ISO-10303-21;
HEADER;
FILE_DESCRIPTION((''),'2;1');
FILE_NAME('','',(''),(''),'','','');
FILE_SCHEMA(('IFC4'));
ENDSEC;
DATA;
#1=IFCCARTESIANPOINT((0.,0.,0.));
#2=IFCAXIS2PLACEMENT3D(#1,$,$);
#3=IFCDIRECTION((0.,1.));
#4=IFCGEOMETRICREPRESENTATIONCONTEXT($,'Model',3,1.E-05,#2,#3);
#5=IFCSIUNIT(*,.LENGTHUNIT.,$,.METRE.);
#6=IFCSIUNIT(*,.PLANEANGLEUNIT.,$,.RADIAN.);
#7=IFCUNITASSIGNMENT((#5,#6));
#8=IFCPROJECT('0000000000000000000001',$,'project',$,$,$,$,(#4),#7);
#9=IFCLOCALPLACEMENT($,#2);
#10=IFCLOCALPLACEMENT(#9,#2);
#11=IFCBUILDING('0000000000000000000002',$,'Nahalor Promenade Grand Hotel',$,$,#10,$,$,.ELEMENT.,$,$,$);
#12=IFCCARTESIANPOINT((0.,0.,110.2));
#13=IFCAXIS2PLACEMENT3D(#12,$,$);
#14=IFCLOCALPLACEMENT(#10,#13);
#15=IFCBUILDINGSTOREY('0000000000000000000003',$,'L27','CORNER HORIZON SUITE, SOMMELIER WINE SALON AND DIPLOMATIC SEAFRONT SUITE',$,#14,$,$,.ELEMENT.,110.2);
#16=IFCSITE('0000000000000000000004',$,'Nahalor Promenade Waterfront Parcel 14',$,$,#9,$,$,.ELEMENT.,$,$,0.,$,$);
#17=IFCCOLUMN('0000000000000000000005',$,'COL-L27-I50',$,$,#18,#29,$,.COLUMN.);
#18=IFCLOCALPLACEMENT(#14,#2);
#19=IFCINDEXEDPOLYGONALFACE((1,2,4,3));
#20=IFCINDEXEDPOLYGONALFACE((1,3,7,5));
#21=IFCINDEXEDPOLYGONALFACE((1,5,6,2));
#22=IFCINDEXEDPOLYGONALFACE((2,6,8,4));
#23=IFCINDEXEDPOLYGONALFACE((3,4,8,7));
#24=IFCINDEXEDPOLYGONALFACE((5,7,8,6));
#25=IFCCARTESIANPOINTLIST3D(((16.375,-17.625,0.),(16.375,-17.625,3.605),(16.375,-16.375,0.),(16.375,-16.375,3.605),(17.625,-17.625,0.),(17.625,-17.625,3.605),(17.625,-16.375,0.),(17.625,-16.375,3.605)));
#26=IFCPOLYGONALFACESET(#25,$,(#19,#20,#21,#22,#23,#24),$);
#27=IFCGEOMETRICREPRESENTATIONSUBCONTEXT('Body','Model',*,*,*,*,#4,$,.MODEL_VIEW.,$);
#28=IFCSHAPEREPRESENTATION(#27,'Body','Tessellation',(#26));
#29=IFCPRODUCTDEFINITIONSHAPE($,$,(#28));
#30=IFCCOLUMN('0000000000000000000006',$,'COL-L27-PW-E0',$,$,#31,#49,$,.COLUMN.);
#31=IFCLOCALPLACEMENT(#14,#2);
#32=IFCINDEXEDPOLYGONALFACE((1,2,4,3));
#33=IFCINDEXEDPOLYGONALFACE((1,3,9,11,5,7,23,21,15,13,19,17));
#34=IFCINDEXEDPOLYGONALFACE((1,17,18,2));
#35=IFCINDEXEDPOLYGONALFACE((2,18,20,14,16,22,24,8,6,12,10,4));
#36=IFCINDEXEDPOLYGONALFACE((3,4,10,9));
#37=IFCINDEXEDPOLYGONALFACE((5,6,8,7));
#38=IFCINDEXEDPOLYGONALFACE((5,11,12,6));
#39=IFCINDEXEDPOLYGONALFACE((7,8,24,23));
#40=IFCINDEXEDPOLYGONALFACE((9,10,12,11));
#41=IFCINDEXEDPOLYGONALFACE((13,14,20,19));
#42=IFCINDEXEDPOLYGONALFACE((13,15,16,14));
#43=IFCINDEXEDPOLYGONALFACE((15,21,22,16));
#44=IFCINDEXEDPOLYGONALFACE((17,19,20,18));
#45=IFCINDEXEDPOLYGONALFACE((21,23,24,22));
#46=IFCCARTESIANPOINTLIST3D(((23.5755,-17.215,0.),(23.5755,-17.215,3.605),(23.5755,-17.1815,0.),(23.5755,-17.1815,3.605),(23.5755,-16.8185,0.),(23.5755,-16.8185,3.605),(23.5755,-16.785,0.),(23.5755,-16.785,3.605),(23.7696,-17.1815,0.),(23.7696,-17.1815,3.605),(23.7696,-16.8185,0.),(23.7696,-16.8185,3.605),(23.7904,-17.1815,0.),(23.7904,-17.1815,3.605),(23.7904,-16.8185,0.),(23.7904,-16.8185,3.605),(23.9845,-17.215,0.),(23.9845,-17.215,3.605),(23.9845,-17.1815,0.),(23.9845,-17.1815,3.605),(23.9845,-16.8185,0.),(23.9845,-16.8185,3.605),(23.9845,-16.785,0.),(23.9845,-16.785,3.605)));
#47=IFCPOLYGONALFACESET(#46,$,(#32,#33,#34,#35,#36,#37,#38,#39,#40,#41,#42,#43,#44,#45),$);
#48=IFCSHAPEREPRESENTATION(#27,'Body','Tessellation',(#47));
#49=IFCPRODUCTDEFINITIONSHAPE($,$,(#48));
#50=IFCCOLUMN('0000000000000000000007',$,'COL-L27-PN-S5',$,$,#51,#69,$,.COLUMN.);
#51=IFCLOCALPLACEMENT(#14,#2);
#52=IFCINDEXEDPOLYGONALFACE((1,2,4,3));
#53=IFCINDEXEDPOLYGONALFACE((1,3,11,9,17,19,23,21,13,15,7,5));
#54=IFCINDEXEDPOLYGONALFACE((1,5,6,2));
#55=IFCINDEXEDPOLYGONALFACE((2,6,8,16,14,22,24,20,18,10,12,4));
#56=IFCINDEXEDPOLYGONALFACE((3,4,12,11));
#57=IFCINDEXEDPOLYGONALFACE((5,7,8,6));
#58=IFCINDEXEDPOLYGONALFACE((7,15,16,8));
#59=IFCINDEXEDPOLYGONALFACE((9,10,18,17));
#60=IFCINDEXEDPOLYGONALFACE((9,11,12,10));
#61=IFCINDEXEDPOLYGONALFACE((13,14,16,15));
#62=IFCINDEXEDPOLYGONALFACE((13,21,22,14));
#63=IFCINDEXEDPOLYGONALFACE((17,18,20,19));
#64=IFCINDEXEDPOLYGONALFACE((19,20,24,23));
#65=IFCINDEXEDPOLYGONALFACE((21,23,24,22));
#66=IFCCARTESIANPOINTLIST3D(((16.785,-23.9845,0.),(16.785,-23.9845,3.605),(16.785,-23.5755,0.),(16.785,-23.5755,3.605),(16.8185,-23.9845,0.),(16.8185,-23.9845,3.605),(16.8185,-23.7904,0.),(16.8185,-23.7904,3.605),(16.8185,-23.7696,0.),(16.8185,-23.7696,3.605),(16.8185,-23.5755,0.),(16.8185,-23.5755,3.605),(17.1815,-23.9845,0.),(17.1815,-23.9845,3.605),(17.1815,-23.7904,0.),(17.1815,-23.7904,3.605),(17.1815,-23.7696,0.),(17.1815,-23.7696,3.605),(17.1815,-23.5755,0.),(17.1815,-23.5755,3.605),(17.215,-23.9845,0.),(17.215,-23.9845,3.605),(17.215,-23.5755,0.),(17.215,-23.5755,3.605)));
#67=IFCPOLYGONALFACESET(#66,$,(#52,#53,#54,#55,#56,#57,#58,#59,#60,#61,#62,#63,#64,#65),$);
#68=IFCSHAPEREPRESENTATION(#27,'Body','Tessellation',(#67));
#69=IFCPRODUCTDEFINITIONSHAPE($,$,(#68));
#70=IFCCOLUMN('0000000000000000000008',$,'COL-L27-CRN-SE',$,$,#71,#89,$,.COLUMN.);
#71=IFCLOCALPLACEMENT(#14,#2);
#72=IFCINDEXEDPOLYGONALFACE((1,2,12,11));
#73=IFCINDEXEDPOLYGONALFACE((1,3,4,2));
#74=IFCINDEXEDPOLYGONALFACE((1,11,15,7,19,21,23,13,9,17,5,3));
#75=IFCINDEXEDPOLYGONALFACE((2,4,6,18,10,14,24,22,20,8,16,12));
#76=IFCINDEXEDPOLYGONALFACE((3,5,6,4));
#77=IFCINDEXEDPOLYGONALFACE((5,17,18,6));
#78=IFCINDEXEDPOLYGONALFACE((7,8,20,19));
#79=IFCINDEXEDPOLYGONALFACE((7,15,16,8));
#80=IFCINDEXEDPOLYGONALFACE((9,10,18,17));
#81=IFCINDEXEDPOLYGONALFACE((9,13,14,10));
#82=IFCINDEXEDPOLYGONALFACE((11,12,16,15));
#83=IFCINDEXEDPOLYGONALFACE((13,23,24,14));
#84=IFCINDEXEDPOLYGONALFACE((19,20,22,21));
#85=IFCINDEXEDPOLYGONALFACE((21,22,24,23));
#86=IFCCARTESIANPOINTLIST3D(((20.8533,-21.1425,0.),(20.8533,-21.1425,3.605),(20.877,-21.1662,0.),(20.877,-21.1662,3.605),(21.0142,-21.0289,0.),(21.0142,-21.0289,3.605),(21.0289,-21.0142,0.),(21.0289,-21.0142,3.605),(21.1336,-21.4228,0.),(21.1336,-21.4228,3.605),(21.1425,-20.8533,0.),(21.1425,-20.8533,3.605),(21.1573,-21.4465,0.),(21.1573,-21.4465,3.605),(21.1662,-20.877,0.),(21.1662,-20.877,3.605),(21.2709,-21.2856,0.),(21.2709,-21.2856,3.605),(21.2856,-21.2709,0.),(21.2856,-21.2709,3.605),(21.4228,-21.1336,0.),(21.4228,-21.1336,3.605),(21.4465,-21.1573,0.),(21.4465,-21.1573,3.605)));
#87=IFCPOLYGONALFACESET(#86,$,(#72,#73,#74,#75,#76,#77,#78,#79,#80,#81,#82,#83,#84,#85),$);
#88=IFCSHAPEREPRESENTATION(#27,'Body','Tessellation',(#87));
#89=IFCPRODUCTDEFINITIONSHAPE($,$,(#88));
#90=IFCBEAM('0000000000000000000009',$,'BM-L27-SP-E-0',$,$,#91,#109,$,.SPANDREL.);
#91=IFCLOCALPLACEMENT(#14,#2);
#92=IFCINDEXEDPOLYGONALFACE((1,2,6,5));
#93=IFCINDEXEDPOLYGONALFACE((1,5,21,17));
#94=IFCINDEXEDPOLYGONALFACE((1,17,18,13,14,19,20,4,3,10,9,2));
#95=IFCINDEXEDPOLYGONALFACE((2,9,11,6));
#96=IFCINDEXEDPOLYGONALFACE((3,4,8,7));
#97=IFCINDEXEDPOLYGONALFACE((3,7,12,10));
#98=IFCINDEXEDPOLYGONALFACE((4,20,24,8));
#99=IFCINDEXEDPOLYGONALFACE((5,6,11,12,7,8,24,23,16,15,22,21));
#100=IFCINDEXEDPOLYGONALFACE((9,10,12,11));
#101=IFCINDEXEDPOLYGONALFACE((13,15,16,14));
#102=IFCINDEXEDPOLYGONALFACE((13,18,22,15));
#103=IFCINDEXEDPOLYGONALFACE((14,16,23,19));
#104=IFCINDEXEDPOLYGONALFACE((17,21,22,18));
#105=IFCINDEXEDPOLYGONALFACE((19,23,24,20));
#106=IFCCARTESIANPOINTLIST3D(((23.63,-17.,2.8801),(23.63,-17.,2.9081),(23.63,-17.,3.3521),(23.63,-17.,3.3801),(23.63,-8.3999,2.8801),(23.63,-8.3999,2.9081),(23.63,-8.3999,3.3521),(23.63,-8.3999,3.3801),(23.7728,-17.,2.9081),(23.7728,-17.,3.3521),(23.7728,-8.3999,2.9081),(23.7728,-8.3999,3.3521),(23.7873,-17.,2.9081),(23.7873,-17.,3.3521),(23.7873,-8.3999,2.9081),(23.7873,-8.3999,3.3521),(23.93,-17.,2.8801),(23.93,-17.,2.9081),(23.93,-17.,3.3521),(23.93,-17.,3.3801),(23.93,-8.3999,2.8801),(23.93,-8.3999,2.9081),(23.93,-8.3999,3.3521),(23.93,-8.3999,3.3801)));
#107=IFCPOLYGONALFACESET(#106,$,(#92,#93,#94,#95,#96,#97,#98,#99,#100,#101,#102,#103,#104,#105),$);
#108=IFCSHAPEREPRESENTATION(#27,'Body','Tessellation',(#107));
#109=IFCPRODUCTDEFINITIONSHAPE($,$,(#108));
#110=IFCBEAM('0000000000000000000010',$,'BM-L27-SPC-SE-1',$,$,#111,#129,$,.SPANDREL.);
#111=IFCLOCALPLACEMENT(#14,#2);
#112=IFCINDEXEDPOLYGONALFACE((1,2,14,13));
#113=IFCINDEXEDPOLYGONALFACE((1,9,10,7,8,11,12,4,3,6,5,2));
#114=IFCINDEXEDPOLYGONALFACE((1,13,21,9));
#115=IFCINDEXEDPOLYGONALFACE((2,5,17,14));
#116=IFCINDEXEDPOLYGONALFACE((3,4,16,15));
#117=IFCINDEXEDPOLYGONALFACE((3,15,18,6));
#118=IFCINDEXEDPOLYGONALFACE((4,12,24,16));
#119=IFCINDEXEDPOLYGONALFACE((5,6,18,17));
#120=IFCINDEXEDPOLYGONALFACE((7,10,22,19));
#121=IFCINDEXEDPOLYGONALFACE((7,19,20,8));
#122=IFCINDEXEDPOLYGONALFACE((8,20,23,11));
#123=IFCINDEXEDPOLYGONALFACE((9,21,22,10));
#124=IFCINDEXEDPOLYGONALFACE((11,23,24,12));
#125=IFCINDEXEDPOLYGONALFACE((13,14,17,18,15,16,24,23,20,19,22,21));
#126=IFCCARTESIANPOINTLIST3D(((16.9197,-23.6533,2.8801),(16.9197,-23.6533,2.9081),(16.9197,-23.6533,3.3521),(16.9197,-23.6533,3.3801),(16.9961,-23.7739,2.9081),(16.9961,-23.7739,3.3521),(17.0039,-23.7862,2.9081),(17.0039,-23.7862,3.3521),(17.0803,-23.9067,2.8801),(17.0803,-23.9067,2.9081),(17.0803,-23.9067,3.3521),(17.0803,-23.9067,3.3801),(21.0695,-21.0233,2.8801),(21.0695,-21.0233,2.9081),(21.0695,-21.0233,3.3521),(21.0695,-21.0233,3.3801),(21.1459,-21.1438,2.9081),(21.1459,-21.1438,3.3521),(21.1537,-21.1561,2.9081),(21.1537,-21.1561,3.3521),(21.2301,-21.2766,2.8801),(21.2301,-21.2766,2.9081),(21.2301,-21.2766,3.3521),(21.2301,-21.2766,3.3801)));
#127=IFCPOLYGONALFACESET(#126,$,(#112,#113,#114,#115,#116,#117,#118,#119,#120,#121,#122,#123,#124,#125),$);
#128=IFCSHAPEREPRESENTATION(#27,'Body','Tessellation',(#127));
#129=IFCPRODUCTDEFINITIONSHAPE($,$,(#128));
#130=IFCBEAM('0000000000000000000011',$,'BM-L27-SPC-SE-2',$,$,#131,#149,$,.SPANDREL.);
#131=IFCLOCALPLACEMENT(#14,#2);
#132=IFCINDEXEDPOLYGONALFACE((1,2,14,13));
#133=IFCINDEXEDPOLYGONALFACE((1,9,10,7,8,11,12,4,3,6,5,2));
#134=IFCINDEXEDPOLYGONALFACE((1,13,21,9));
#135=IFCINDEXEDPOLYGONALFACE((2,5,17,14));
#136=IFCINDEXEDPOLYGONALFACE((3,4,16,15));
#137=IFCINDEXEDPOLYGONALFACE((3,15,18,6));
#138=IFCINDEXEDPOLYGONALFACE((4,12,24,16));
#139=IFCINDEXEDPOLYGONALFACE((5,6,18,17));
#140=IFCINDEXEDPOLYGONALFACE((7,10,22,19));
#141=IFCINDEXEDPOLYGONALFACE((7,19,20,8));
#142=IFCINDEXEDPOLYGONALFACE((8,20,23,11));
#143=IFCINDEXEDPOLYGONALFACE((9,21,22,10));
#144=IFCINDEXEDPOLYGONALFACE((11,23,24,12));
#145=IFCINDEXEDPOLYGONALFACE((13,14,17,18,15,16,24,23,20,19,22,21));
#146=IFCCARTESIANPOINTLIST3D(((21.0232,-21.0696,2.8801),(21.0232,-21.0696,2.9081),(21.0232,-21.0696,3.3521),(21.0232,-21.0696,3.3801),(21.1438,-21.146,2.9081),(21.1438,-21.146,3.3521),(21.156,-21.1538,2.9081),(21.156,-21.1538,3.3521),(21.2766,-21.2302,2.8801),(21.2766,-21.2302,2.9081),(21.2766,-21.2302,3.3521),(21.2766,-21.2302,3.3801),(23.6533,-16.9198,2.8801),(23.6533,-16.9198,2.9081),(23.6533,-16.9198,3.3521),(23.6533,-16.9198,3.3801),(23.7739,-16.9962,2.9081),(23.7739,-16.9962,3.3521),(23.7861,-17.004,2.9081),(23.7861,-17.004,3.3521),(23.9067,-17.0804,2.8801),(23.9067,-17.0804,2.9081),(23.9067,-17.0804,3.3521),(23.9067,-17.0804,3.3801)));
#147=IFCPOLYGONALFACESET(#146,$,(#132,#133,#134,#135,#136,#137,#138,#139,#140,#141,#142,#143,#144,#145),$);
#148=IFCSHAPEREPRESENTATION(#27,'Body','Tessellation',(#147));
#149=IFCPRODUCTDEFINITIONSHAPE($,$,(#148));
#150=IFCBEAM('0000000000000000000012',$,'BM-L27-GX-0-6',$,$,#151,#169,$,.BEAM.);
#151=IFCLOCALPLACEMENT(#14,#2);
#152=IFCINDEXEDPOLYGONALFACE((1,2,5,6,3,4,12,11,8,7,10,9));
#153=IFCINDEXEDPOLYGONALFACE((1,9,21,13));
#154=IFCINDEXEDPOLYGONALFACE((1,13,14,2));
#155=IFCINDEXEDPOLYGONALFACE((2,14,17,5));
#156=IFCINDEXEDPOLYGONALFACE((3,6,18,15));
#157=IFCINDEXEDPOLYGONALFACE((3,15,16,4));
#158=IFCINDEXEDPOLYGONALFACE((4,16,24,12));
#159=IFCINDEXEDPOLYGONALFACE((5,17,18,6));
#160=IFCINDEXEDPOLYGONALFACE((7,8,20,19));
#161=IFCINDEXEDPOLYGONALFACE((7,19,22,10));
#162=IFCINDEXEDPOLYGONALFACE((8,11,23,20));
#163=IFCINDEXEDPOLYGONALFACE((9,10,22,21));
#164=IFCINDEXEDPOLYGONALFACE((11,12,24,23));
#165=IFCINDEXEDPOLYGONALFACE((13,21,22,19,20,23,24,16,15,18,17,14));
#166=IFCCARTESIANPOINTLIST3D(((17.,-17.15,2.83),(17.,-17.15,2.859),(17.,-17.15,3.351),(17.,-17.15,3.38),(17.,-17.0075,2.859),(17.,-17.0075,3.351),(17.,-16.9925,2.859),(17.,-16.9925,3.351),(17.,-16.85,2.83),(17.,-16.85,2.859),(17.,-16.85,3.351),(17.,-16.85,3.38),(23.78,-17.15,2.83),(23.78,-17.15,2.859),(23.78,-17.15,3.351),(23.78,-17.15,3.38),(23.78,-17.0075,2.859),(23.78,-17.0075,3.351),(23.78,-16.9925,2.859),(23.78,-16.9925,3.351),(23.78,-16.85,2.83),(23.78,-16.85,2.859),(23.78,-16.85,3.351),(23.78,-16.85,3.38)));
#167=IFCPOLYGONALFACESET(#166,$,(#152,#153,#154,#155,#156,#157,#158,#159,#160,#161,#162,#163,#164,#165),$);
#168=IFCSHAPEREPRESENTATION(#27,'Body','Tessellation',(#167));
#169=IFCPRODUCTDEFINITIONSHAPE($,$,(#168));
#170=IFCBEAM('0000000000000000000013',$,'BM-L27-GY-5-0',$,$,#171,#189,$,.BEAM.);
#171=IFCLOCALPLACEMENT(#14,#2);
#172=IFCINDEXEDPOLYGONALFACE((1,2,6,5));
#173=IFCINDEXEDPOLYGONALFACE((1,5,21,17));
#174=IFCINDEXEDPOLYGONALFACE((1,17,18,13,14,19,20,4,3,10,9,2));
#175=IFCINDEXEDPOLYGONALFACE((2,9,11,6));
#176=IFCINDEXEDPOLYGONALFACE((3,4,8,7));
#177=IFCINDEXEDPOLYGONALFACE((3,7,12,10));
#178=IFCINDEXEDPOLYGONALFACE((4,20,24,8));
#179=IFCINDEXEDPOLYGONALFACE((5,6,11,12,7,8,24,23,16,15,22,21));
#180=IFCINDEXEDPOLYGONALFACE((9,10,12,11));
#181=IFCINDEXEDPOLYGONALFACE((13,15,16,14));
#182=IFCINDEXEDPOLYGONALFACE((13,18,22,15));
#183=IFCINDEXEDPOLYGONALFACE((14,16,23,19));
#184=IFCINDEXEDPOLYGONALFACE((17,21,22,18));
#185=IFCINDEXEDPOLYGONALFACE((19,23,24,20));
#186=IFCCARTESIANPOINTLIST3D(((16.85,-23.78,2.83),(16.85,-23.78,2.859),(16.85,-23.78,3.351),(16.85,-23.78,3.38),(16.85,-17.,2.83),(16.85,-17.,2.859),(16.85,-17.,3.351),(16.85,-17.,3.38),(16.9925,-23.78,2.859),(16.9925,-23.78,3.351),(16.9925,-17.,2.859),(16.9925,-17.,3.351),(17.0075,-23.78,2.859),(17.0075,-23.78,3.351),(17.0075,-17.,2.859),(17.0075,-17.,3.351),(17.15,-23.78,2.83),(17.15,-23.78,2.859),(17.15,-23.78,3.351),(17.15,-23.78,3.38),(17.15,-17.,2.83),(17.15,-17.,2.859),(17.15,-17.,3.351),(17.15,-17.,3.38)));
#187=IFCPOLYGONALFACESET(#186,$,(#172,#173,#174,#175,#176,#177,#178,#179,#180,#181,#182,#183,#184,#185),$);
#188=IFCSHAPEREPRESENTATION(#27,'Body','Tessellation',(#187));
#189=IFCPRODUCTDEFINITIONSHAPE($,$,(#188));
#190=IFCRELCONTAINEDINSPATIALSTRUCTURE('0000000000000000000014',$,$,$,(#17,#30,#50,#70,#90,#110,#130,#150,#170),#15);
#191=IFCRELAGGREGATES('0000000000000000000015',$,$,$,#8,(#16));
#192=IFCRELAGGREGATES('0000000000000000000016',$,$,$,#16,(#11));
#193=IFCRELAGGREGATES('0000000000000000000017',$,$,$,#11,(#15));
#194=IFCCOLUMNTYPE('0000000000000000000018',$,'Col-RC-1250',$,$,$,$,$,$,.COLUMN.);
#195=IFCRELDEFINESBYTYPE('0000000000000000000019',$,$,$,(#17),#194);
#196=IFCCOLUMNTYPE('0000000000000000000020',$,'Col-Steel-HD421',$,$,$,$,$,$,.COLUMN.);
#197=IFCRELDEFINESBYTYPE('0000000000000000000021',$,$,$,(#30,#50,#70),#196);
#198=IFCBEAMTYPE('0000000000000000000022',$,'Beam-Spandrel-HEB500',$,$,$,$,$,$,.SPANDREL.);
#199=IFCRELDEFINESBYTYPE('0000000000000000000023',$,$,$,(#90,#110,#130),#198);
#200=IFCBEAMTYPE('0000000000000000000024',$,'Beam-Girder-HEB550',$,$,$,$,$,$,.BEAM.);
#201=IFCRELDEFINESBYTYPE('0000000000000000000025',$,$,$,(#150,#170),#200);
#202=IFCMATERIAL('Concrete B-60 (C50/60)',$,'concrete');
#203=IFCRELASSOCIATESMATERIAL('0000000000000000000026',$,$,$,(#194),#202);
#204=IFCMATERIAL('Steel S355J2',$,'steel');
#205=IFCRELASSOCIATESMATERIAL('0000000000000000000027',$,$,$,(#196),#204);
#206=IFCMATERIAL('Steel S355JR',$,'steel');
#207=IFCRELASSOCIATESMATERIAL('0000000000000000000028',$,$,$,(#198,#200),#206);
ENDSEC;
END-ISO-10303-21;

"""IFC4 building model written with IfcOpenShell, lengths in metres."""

from ifc_helpers import new_model, si_unit, direction, frame, origin, origin_2d, place, context, subcontext, project, spatial, rectangle, i_section, extrude, source, transform, mapped, material, material_profile, profile_set, type_object, element, save


model = new_model("IFC4")

# Units and contexts
model_context = context("Model", 3, precision=1e-05, world=origin(), true_north=direction((0.0, 1.0)))
body_context = subcontext(model_context, "Body", "Model", "MODEL_VIEW")
ifc_project = project(units=[si_unit("LENGTHUNIT", "METRE"), si_unit("PLANEANGLEUNIT", "RADIAN")], contexts=[model_context])

# Site, building, storey
site_placement = place(None, origin())
site = spatial("IfcSite", under=ifc_project, at=site_placement, Name="Nahalor Promenade Waterfront Parcel 14", CompositionType="ELEMENT", RefElevation=0.0)
building_placement = place(site_placement, origin())
building = spatial("IfcBuilding", under=site, at=building_placement, Name="Nahalor Promenade Grand Hotel", CompositionType="ELEMENT")
storey_placement = place(building_placement, frame((0.0, 0.0, 110.2)))
storey = spatial("IfcBuildingStorey", under=building, at=storey_placement, Name="L27", Description="CORNER HORIZON SUITE, SOMMELIER WINE SALON AND DIPLOMATIC SEAFRONT SUITE", CompositionType="ELEMENT", Elevation=110.2)

# Columns
ifc_material_1 = material(Name="Concrete B-60 (C50/60)", Category="concrete")
ifc_material_profile_1 = material_profile(ifc_material_1, rectangle(XDim=1.25, YDim=1.25, at=origin_2d()), Name="RC 1250x1250")
ifc_profile_set_1 = profile_set([ifc_material_profile_1], Name="Concrete B-60 (C50/60)")
column_type_1 = type_object("IfcColumnType", Name="Col-RC-1250", PredefinedType="COLUMN", material=ifc_profile_set_1)
shared_shape_1 = source(origin(), body_context, "Body", "SweptSolid", [
    extrude(rectangle(XDim=1.25, YDim=1.25, at=origin_2d()), origin(), (0.0, 0.0, 1.0), 3.605),
])
column_placement = place(storey_placement, frame((17.0, -17.0, 0.0), z_axis=(0.0, 0.0, 1.0), x_axis=(1.0, 0.0, 0.0)))
element("IfcColumn", 1, at=column_placement, inside=storey, type_object=column_type_1, Name="COL-L27-I50", PredefinedType="COLUMN", context=body_context, shape_type="MappedRepresentation", body=[
    mapped(shared_shape_1, transform((0.0, 0.0, 0.0), scale=1.0)),
])
ifc_material_2 = material(Name="Steel S355J2", Category="steel")
ifc_material_profile_2 = material_profile(ifc_material_2, i_section(OverallWidth=0.409, OverallDepth=0.43, WebThickness=0.0208, FlangeThickness=0.0335, at=origin_2d()), Name="HD 400x421")
ifc_profile_set_2 = profile_set([ifc_material_profile_2], Name="Steel S355J2")
column_type_2 = type_object("IfcColumnType", Name="Col-Steel-HD421", PredefinedType="COLUMN", material=ifc_profile_set_2)
shared_shape_2 = source(origin(), body_context, "Body", "SweptSolid", [
    extrude(i_section(OverallWidth=0.409, OverallDepth=0.43, WebThickness=0.0208, FlangeThickness=0.0335, at=origin_2d()), origin(), (0.0, 0.0, 1.0), 3.605),
])
for number, where, z_axis, x_axis, name in (
    (2, (23.78, -17.0, 0.0), (0.0, 0.0, 1.0), (1.0, 0.0, 0.0), "COL-L27-PW-E0"),
    (3, (17.0, -23.78, 0.0), (0.0, 0.0, 1.0), (0.0, 1.0, 0.0), "COL-L27-PN-S5"),
    (4, (21.1499, -21.1499, 0.0), (0.0, 0.0, 1.0), (0.707107, 0.707107, 0.0), "COL-L27-CRN-SE"),
):
    element("IfcColumn", number, at=place(storey_placement, frame(where, z_axis=z_axis, x_axis=x_axis)), inside=storey, type_object=column_type_2, Name=name, PredefinedType="COLUMN", context=body_context, shape_type="MappedRepresentation", body=[
        mapped(shared_shape_2, transform((0.0, 0.0, 0.0), scale=1.0)),
    ])

# Beams
ifc_material_3 = material(Name="Steel S355JR", Category="steel")
ifc_material_profile_3 = material_profile(ifc_material_3, i_section(OverallWidth=0.3, OverallDepth=0.5, WebThickness=0.0145, FlangeThickness=0.028, at=origin_2d()), Name="HEB 500")
ifc_profile_set_3 = profile_set([ifc_material_profile_3], Name="Steel S355JR")
beam_type_1 = type_object("IfcBeamType", Name="Beam-Spandrel-HEB500", PredefinedType="SPANDREL", material=ifc_profile_set_3)
shared_shape_3 = source(origin(), body_context, "Body", "SweptSolid", [
    extrude(i_section(OverallWidth=0.3, OverallDepth=0.5, WebThickness=0.0145, FlangeThickness=0.028, at=origin_2d()), origin(), (0.0, 0.0, 1.0), 8.6001),
])
beam_1_placement = place(storey_placement, frame((23.78, -17.0, 3.1301), z_axis=(0.0, 1.0, 0.0), x_axis=(-1.0, 0.0, 0.0)))
element("IfcBeam", 5, at=beam_1_placement, inside=storey, type_object=beam_type_1, Name="BM-L27-SP-E-0", PredefinedType="SPANDREL", context=body_context, shape_type="MappedRepresentation", body=[
    mapped(shared_shape_3, transform((0.0, 0.0, 0.0), scale=1.0)),
])
shared_shape_4 = source(origin(), body_context, "Body", "SweptSolid", [
    extrude(i_section(OverallWidth=0.3, OverallDepth=0.5, WebThickness=0.0145, FlangeThickness=0.028, at=origin_2d()), origin(), (0.0, 0.0, 1.0), 4.9131),
])
for number, where, z_axis, x_axis, name in (
    (6, (17.0, -23.78, 3.1301), (0.844648, 0.535322, 0.0), (-0.535322, 0.844648, 0.0), "BM-L27-SPC-SE-1"),
    (7, (21.1499, -21.1499, 3.1301), (0.535322, 0.844648, 0.0), (-0.844648, 0.535322, 0.0), "BM-L27-SPC-SE-2"),
):
    element("IfcBeam", number, at=place(storey_placement, frame(where, z_axis=z_axis, x_axis=x_axis)), inside=storey, type_object=beam_type_1, Name=name, PredefinedType="SPANDREL", context=body_context, shape_type="MappedRepresentation", body=[
        mapped(shared_shape_4, transform((0.0, 0.0, 0.0), scale=1.0)),
    ])
ifc_material_profile_4 = material_profile(ifc_material_3, i_section(OverallWidth=0.3, OverallDepth=0.55, WebThickness=0.015, FlangeThickness=0.029, at=origin_2d()), Name="HEB 550")
ifc_profile_set_4 = profile_set([ifc_material_profile_4], Name="Steel S355JR")
beam_type_2 = type_object("IfcBeamType", Name="Beam-Girder-HEB550", PredefinedType="BEAM", material=ifc_profile_set_4)
shared_shape_5 = source(origin(), body_context, "Body", "SweptSolid", [
    extrude(i_section(OverallWidth=0.3, OverallDepth=0.55, WebThickness=0.015, FlangeThickness=0.029, at=origin_2d()), origin(), (0.0, 0.0, 1.0), 6.78),
])
for number, where, z_axis, x_axis, name in (
    (8, (17.0, -17.0, 3.105), (1.0, 0.0, 0.0), (0.0, 1.0, 0.0), "BM-L27-GX-0-6"),
    (9, (17.0, -23.78, 3.105), (0.0, 1.0, 0.0), (-1.0, 0.0, 0.0), "BM-L27-GY-5-0"),
):
    element("IfcBeam", number, at=place(storey_placement, frame(where, z_axis=z_axis, x_axis=x_axis)), inside=storey, type_object=beam_type_2, Name=name, PredefinedType="BEAM", context=body_context, shape_type="MappedRepresentation", body=[
        mapped(shared_shape_5, transform((0.0, 0.0, 0.0), scale=1.0)),
    ])

save(model, "model.ifc")
